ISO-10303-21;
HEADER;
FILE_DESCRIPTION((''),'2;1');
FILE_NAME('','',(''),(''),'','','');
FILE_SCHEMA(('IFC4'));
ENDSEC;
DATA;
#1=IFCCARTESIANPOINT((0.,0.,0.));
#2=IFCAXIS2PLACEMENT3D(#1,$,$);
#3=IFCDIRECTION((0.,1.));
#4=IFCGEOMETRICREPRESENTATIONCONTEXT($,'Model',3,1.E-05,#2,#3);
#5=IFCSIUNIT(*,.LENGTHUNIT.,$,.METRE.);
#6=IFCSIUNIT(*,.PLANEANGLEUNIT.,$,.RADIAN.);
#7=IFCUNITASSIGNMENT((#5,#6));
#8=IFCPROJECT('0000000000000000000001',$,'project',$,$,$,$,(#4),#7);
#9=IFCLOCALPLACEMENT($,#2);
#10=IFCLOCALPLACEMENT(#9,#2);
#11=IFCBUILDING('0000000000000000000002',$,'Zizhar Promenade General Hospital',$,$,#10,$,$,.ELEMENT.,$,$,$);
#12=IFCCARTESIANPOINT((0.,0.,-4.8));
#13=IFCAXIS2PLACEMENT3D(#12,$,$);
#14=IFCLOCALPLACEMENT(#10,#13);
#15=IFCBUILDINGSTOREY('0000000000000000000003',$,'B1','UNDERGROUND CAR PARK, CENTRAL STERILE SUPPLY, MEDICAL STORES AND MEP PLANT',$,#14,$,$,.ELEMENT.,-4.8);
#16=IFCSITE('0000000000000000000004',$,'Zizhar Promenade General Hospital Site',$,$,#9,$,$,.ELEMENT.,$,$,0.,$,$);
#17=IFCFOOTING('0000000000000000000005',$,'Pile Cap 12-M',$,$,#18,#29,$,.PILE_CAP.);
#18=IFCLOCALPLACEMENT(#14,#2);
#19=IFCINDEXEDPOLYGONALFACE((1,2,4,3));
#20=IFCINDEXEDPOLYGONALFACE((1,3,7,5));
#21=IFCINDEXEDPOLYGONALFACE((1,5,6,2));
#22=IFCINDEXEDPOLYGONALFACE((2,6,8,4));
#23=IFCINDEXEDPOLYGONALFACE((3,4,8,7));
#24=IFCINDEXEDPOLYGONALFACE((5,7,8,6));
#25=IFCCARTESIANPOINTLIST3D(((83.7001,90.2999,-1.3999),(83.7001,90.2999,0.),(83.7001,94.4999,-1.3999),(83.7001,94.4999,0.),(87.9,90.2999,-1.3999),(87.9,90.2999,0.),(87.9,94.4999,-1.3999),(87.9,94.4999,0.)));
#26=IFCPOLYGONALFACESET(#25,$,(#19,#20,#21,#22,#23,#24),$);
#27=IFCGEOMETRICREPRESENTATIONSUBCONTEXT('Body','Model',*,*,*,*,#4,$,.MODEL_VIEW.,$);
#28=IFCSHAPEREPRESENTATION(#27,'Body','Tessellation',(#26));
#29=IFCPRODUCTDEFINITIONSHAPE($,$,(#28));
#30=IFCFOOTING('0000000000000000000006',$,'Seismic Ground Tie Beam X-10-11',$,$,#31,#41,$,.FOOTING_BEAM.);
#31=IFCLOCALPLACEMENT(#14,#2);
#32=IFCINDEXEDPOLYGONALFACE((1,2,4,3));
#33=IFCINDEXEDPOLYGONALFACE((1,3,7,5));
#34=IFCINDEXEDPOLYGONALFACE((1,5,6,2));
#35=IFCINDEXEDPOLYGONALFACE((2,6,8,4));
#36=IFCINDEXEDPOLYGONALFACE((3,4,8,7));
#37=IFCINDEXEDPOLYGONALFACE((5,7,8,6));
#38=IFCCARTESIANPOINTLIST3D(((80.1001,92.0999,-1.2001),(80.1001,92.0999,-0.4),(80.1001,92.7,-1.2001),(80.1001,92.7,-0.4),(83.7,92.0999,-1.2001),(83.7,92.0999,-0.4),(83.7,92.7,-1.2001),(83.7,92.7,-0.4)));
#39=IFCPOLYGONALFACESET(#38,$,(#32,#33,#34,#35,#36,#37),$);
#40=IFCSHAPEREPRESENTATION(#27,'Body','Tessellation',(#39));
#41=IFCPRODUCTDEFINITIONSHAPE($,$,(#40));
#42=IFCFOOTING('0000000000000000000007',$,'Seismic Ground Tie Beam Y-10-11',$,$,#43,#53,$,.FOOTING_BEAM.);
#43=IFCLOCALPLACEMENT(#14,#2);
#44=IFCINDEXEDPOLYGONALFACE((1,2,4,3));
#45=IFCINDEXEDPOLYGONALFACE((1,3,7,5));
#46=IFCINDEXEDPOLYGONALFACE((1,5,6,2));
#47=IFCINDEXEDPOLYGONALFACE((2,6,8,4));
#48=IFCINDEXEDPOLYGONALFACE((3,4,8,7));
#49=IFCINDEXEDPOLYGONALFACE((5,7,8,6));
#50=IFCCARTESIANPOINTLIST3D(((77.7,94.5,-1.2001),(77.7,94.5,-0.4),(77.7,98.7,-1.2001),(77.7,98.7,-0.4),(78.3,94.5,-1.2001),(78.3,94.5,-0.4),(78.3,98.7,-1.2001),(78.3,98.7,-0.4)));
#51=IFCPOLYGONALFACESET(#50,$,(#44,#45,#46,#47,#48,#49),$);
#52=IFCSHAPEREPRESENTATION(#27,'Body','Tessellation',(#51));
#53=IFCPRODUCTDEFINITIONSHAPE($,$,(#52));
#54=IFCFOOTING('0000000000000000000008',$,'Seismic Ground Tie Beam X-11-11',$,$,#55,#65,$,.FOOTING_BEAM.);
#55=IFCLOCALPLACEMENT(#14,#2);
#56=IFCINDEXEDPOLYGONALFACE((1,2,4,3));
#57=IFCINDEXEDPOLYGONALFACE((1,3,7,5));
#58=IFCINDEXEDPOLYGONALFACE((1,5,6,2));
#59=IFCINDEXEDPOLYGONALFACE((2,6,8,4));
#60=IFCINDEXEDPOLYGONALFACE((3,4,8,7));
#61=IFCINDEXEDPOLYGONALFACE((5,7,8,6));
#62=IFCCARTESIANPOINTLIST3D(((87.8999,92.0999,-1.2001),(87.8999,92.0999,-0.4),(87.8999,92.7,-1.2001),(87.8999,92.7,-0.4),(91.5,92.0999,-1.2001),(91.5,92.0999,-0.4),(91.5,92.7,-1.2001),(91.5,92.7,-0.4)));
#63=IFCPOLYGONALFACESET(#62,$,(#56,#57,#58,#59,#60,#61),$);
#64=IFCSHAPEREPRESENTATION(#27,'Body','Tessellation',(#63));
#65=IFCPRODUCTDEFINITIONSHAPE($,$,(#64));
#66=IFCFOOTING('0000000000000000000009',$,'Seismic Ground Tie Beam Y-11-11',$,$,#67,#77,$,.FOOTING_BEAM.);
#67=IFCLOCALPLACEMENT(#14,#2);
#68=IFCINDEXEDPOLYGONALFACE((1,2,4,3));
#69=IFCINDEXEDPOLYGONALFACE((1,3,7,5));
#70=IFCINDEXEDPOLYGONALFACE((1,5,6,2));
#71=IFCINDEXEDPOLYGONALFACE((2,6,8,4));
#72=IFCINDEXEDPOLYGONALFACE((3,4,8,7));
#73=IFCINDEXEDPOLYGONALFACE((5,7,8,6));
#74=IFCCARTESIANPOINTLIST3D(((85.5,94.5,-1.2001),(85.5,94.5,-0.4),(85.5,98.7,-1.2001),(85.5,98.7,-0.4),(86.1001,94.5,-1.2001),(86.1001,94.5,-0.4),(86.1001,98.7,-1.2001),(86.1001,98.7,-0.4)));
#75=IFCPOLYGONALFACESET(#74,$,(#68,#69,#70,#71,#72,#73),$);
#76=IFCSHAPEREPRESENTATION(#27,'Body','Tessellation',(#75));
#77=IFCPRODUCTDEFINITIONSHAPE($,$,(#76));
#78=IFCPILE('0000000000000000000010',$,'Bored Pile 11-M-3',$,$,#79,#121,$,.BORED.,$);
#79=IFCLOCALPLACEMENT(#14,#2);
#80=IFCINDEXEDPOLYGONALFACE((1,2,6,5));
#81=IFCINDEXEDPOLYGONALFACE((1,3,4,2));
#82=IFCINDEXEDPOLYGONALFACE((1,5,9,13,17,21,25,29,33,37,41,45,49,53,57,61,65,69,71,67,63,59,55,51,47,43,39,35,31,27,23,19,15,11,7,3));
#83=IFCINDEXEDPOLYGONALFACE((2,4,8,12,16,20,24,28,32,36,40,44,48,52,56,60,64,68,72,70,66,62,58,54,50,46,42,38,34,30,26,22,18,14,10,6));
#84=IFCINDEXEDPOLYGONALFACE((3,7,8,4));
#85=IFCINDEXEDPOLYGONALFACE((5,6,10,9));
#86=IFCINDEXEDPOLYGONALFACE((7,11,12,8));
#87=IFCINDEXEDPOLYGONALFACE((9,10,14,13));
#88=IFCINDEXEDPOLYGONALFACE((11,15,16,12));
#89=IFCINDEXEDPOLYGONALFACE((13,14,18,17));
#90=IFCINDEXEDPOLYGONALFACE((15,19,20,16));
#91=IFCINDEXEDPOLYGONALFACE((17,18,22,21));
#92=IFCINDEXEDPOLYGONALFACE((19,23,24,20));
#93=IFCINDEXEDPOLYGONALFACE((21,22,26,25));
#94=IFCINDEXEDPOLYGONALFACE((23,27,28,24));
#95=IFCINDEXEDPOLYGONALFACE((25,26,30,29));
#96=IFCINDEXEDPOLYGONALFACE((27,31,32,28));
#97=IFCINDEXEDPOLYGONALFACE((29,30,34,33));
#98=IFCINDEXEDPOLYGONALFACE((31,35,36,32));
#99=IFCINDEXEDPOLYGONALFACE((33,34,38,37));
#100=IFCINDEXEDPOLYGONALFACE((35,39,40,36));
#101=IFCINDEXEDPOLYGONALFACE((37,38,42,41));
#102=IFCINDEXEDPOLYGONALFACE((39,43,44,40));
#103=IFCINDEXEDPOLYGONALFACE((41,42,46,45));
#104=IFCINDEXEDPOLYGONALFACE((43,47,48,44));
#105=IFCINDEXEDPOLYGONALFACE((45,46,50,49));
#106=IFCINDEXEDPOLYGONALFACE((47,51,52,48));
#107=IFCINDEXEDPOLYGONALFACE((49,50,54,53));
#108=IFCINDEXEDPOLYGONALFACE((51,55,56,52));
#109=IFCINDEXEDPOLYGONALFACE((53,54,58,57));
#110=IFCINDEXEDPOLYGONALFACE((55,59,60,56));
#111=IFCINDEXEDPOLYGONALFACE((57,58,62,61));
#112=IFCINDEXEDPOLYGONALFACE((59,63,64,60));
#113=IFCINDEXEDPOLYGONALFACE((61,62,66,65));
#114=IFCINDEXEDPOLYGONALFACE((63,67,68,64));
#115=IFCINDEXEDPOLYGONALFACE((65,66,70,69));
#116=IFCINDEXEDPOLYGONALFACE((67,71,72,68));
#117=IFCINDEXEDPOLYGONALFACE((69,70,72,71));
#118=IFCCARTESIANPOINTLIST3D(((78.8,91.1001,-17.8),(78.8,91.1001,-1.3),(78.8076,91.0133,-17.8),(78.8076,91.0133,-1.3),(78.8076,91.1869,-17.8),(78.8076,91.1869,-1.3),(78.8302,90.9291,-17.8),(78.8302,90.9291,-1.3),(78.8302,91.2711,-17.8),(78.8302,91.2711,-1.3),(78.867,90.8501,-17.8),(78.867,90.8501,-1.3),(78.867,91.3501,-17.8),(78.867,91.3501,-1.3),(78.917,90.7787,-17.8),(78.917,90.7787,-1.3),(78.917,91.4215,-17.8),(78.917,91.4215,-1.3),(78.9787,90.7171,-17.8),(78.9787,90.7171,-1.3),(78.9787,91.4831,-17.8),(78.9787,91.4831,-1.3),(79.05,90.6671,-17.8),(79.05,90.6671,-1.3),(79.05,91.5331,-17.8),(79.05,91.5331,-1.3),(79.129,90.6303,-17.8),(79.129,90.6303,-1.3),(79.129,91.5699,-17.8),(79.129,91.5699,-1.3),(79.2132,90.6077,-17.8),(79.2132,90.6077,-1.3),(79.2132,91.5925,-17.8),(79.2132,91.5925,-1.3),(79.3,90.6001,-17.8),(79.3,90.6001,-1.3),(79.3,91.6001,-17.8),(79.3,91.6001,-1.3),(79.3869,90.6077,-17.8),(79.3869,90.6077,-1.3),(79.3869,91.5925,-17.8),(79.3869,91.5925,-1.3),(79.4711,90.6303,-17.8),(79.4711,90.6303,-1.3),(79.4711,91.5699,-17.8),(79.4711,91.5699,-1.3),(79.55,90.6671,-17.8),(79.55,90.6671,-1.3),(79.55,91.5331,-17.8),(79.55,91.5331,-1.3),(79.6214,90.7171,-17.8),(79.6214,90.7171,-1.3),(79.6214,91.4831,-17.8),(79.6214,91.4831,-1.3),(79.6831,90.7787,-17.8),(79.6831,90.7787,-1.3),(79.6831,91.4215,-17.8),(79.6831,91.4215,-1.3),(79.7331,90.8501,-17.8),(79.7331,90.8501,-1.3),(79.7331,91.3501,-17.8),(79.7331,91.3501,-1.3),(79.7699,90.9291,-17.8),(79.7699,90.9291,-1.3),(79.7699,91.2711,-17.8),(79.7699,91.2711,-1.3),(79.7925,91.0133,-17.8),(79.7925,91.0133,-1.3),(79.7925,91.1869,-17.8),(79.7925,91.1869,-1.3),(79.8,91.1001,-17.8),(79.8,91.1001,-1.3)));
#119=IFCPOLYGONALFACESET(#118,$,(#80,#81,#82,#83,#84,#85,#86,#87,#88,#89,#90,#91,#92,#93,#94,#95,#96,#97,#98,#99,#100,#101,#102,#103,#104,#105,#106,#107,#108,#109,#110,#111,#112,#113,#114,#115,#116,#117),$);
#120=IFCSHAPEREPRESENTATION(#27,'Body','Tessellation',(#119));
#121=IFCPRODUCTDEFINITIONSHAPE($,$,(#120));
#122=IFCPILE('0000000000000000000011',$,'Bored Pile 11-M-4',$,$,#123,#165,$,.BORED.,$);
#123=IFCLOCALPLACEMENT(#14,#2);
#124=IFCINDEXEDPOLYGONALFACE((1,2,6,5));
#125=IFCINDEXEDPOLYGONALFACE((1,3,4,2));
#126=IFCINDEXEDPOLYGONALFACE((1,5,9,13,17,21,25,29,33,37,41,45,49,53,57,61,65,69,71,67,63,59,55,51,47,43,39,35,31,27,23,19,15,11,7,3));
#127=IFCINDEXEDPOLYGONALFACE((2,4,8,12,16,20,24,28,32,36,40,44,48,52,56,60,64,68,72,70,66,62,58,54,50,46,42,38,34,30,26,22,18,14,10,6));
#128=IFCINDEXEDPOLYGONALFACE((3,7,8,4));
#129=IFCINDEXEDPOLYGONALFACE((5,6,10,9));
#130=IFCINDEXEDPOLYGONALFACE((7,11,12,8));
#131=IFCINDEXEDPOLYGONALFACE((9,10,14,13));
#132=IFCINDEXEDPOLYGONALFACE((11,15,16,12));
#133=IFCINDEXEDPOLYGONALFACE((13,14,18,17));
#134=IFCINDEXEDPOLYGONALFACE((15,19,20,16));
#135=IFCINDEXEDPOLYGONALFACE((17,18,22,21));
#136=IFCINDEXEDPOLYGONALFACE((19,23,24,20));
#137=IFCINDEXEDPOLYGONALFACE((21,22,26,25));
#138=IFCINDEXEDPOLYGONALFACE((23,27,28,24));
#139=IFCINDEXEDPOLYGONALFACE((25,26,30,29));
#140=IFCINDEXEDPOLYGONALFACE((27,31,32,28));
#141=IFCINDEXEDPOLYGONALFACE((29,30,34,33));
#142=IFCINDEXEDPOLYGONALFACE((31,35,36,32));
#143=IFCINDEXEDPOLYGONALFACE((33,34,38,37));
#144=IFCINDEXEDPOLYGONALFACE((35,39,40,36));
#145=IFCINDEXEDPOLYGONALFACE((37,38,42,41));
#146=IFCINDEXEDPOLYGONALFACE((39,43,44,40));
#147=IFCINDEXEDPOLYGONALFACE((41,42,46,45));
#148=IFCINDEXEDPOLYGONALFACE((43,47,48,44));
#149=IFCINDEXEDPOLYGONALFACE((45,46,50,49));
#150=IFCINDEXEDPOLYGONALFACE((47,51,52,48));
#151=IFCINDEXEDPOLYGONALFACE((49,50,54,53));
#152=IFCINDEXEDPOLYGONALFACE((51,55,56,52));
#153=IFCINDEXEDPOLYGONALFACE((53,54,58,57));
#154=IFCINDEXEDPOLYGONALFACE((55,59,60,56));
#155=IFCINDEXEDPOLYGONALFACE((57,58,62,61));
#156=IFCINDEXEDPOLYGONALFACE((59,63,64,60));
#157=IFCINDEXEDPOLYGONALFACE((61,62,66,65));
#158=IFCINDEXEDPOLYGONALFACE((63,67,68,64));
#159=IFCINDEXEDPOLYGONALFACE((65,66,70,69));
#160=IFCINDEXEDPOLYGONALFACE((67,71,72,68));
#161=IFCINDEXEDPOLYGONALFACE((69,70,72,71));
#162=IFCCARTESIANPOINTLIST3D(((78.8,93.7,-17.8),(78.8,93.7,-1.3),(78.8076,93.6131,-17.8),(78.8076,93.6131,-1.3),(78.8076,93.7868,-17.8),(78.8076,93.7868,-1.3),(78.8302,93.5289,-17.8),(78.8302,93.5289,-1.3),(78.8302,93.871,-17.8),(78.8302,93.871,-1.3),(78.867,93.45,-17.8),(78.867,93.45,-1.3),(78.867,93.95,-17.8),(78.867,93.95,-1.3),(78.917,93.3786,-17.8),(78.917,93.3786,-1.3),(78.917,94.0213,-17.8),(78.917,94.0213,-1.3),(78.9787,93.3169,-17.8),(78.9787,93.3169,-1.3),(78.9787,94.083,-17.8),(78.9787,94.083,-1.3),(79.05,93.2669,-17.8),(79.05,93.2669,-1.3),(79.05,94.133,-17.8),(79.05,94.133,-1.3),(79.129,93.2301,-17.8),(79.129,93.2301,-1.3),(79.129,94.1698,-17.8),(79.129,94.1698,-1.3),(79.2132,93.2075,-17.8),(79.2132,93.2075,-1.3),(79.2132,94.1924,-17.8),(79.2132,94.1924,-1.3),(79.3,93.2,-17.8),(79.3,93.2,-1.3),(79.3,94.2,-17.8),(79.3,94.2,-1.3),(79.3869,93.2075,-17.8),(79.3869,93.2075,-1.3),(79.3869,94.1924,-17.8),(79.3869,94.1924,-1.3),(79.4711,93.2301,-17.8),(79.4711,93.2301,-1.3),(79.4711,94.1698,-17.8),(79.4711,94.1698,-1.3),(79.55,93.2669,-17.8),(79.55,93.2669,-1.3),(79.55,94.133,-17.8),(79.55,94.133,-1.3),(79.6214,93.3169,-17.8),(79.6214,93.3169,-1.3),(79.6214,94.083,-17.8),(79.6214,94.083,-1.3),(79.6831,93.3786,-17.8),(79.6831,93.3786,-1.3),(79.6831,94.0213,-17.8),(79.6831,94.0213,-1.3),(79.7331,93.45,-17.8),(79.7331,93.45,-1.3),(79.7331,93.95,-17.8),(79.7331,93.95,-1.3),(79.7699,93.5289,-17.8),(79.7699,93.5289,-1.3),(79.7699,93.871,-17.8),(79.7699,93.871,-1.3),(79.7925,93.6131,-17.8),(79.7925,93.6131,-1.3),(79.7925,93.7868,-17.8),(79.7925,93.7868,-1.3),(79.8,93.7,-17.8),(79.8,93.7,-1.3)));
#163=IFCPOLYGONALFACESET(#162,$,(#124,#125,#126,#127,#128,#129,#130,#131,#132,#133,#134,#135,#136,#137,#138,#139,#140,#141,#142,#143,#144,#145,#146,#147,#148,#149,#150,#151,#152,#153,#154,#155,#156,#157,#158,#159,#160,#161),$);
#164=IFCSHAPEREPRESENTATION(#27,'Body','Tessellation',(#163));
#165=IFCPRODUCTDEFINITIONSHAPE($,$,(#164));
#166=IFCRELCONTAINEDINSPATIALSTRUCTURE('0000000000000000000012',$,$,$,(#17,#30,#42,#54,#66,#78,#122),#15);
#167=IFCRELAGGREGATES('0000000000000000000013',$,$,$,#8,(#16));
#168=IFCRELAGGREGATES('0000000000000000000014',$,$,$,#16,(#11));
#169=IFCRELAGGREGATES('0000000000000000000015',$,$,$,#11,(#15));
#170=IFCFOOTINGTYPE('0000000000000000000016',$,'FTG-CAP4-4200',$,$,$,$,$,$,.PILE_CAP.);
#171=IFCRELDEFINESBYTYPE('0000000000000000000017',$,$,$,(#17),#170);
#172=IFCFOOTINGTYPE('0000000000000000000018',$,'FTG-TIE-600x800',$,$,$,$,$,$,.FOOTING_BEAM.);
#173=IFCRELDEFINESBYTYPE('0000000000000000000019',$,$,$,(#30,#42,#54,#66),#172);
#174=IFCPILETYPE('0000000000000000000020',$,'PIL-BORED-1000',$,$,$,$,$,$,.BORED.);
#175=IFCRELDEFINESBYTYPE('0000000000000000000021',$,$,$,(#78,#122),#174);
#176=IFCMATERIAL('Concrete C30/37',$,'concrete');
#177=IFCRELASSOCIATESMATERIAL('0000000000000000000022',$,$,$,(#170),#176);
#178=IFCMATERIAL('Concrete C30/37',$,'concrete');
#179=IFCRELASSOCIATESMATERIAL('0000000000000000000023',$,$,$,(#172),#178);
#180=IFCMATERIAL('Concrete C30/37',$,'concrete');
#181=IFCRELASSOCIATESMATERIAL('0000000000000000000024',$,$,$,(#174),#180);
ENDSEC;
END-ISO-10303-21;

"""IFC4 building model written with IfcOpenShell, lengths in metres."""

from ifc_helpers import new_model, si_unit, direction, frame, origin, origin_2d, place, context, subcontext, project, spatial, rectangle, circle, extrude, material, material_profile, profile_set, type_object, element, save


model = new_model("IFC4")

# Units and contexts
model_context = context("Model", 3, precision=1e-05, world=origin(), true_north=direction((0.0, 1.0)))
body_context = subcontext(model_context, "Body", "Model", "MODEL_VIEW")
ifc_project = project(units=[si_unit("LENGTHUNIT", "METRE"), si_unit("PLANEANGLEUNIT", "RADIAN")], contexts=[model_context])

# Site, building, storey
site_placement = place(None, origin())
site = spatial("IfcSite", under=ifc_project, at=site_placement, Name="Zizhar Promenade General Hospital Site", CompositionType="ELEMENT", RefElevation=0.0)
building_placement = place(site_placement, origin())
building = spatial("IfcBuilding", under=site, at=building_placement, Name="Zizhar Promenade General Hospital", CompositionType="ELEMENT")
storey_placement = place(building_placement, frame((0.0, 0.0, -4.8)))
storey = spatial("IfcBuildingStorey", under=building, at=storey_placement, Name="B1", Description="UNDERGROUND CAR PARK, CENTRAL STERILE SUPPLY, MEDICAL STORES AND MEP PLANT", CompositionType="ELEMENT", Elevation=-4.8)

# Footings
ifc_material_1 = material(Name="Concrete C30/37", Category="concrete")
footing_type_1 = type_object("IfcFootingType", Name="FTG-CAP4-4200", PredefinedType="PILE_CAP", material=ifc_material_1)
footing_1_placement = place(storey_placement, frame((85.8, 92.3999, -1.3999), z_axis=(0.0, 0.0, 1.0), x_axis=(1.0, 0.0, 0.0)))
element("IfcFooting", 1, at=footing_1_placement, inside=storey, type_object=footing_type_1, Name="Pile Cap 12-M", PredefinedType="PILE_CAP", context=body_context, shape_type="SweptSolid", body=[
    extrude(rectangle(XDim=4.2, YDim=4.2, at=origin_2d()), origin(), (0.0, 0.0, 1.0), 1.3999),
])
ifc_material_2 = material(Name="Concrete C30/37", Category="concrete")
ifc_material_profile_1 = material_profile(ifc_material_2, rectangle(XDim=0.6001, YDim=0.8, at=origin_2d()))
ifc_profile_set_1 = profile_set([ifc_material_profile_1], Name="Concrete C30/37")
footing_type_2 = type_object("IfcFootingType", Name="FTG-TIE-600x800", PredefinedType="FOOTING_BEAM", material=ifc_profile_set_1)
footing_2_placement = place(storey_placement, frame((80.1001, 92.3999, -0.8), z_axis=(1.0, 0.0, 0.0), x_axis=(0.0, 1.0, 0.0)))
element("IfcFooting", 2, at=footing_2_placement, inside=storey, type_object=footing_type_2, Name="Seismic Ground Tie Beam X-10-11", PredefinedType="FOOTING_BEAM", context=body_context, shape_type="SweptSolid", body=[
    extrude(rectangle(XDim=0.6001, YDim=0.8, at=origin_2d()), origin(), (0.0, 0.0, 1.0), 3.5999),
])
footing_3_placement = place(storey_placement, frame((78.0, 94.5, -0.8), z_axis=(0.0, 1.0, 0.0), x_axis=(-1.0, 0.0, 0.0)))
element("IfcFooting", 3, at=footing_3_placement, inside=storey, type_object=footing_type_2, Name="Seismic Ground Tie Beam Y-10-11", PredefinedType="FOOTING_BEAM", context=body_context, shape_type="SweptSolid", body=[
    extrude(rectangle(XDim=0.6001, YDim=0.8, at=origin_2d()), origin(), (0.0, 0.0, 1.0), 4.2),
])
footing_4_placement = place(storey_placement, frame((87.8999, 92.3999, -0.8), z_axis=(1.0, 0.0, 0.0), x_axis=(0.0, 1.0, 0.0)))
element("IfcFooting", 4, at=footing_4_placement, inside=storey, type_object=footing_type_2, Name="Seismic Ground Tie Beam X-11-11", PredefinedType="FOOTING_BEAM", context=body_context, shape_type="SweptSolid", body=[
    extrude(rectangle(XDim=0.6001, YDim=0.8, at=origin_2d()), origin(), (0.0, 0.0, 1.0), 3.6001),
])
footing_5_placement = place(storey_placement, frame((85.8, 94.5, -0.8), z_axis=(0.0, 1.0, 0.0), x_axis=(-1.0, 0.0, 0.0)))
element("IfcFooting", 5, at=footing_5_placement, inside=storey, type_object=footing_type_2, Name="Seismic Ground Tie Beam Y-11-11", PredefinedType="FOOTING_BEAM", context=body_context, shape_type="SweptSolid", body=[
    extrude(rectangle(XDim=0.6001, YDim=0.8, at=origin_2d()), origin(), (0.0, 0.0, 1.0), 4.2),
])

# Piles
ifc_material_3 = material(Name="Concrete C30/37", Category="concrete")
ifc_material_profile_2 = material_profile(ifc_material_3, circle(Radius=0.5, at=origin_2d()))
ifc_profile_set_2 = profile_set([ifc_material_profile_2], Name="Concrete C30/37")
pile_type = type_object("IfcPileType", Name="PIL-BORED-1000", PredefinedType="BORED", material=ifc_profile_set_2)
for number, where, z_axis, x_axis, name in (
    (6, (79.3, 91.1001, -1.3), (0.0, 0.0, -1.0), (1.0, 0.0, 0.0), "Bored Pile 11-M-3"),
    (7, (79.3, 93.7, -1.3), (0.0, 0.0, -1.0), (1.0, 0.0, 0.0), "Bored Pile 11-M-4"),
):
    element("IfcPile", number, at=place(storey_placement, frame(where, z_axis=z_axis, x_axis=x_axis)), inside=storey, type_object=pile_type, Name=name, PredefinedType="BORED", context=body_context, shape_type="SweptSolid", body=[
        extrude(circle(Radius=0.5, at=origin_2d()), origin(), (0.0, 0.0, 1.0), 16.5),
    ])

save(model, "model.ifc")
